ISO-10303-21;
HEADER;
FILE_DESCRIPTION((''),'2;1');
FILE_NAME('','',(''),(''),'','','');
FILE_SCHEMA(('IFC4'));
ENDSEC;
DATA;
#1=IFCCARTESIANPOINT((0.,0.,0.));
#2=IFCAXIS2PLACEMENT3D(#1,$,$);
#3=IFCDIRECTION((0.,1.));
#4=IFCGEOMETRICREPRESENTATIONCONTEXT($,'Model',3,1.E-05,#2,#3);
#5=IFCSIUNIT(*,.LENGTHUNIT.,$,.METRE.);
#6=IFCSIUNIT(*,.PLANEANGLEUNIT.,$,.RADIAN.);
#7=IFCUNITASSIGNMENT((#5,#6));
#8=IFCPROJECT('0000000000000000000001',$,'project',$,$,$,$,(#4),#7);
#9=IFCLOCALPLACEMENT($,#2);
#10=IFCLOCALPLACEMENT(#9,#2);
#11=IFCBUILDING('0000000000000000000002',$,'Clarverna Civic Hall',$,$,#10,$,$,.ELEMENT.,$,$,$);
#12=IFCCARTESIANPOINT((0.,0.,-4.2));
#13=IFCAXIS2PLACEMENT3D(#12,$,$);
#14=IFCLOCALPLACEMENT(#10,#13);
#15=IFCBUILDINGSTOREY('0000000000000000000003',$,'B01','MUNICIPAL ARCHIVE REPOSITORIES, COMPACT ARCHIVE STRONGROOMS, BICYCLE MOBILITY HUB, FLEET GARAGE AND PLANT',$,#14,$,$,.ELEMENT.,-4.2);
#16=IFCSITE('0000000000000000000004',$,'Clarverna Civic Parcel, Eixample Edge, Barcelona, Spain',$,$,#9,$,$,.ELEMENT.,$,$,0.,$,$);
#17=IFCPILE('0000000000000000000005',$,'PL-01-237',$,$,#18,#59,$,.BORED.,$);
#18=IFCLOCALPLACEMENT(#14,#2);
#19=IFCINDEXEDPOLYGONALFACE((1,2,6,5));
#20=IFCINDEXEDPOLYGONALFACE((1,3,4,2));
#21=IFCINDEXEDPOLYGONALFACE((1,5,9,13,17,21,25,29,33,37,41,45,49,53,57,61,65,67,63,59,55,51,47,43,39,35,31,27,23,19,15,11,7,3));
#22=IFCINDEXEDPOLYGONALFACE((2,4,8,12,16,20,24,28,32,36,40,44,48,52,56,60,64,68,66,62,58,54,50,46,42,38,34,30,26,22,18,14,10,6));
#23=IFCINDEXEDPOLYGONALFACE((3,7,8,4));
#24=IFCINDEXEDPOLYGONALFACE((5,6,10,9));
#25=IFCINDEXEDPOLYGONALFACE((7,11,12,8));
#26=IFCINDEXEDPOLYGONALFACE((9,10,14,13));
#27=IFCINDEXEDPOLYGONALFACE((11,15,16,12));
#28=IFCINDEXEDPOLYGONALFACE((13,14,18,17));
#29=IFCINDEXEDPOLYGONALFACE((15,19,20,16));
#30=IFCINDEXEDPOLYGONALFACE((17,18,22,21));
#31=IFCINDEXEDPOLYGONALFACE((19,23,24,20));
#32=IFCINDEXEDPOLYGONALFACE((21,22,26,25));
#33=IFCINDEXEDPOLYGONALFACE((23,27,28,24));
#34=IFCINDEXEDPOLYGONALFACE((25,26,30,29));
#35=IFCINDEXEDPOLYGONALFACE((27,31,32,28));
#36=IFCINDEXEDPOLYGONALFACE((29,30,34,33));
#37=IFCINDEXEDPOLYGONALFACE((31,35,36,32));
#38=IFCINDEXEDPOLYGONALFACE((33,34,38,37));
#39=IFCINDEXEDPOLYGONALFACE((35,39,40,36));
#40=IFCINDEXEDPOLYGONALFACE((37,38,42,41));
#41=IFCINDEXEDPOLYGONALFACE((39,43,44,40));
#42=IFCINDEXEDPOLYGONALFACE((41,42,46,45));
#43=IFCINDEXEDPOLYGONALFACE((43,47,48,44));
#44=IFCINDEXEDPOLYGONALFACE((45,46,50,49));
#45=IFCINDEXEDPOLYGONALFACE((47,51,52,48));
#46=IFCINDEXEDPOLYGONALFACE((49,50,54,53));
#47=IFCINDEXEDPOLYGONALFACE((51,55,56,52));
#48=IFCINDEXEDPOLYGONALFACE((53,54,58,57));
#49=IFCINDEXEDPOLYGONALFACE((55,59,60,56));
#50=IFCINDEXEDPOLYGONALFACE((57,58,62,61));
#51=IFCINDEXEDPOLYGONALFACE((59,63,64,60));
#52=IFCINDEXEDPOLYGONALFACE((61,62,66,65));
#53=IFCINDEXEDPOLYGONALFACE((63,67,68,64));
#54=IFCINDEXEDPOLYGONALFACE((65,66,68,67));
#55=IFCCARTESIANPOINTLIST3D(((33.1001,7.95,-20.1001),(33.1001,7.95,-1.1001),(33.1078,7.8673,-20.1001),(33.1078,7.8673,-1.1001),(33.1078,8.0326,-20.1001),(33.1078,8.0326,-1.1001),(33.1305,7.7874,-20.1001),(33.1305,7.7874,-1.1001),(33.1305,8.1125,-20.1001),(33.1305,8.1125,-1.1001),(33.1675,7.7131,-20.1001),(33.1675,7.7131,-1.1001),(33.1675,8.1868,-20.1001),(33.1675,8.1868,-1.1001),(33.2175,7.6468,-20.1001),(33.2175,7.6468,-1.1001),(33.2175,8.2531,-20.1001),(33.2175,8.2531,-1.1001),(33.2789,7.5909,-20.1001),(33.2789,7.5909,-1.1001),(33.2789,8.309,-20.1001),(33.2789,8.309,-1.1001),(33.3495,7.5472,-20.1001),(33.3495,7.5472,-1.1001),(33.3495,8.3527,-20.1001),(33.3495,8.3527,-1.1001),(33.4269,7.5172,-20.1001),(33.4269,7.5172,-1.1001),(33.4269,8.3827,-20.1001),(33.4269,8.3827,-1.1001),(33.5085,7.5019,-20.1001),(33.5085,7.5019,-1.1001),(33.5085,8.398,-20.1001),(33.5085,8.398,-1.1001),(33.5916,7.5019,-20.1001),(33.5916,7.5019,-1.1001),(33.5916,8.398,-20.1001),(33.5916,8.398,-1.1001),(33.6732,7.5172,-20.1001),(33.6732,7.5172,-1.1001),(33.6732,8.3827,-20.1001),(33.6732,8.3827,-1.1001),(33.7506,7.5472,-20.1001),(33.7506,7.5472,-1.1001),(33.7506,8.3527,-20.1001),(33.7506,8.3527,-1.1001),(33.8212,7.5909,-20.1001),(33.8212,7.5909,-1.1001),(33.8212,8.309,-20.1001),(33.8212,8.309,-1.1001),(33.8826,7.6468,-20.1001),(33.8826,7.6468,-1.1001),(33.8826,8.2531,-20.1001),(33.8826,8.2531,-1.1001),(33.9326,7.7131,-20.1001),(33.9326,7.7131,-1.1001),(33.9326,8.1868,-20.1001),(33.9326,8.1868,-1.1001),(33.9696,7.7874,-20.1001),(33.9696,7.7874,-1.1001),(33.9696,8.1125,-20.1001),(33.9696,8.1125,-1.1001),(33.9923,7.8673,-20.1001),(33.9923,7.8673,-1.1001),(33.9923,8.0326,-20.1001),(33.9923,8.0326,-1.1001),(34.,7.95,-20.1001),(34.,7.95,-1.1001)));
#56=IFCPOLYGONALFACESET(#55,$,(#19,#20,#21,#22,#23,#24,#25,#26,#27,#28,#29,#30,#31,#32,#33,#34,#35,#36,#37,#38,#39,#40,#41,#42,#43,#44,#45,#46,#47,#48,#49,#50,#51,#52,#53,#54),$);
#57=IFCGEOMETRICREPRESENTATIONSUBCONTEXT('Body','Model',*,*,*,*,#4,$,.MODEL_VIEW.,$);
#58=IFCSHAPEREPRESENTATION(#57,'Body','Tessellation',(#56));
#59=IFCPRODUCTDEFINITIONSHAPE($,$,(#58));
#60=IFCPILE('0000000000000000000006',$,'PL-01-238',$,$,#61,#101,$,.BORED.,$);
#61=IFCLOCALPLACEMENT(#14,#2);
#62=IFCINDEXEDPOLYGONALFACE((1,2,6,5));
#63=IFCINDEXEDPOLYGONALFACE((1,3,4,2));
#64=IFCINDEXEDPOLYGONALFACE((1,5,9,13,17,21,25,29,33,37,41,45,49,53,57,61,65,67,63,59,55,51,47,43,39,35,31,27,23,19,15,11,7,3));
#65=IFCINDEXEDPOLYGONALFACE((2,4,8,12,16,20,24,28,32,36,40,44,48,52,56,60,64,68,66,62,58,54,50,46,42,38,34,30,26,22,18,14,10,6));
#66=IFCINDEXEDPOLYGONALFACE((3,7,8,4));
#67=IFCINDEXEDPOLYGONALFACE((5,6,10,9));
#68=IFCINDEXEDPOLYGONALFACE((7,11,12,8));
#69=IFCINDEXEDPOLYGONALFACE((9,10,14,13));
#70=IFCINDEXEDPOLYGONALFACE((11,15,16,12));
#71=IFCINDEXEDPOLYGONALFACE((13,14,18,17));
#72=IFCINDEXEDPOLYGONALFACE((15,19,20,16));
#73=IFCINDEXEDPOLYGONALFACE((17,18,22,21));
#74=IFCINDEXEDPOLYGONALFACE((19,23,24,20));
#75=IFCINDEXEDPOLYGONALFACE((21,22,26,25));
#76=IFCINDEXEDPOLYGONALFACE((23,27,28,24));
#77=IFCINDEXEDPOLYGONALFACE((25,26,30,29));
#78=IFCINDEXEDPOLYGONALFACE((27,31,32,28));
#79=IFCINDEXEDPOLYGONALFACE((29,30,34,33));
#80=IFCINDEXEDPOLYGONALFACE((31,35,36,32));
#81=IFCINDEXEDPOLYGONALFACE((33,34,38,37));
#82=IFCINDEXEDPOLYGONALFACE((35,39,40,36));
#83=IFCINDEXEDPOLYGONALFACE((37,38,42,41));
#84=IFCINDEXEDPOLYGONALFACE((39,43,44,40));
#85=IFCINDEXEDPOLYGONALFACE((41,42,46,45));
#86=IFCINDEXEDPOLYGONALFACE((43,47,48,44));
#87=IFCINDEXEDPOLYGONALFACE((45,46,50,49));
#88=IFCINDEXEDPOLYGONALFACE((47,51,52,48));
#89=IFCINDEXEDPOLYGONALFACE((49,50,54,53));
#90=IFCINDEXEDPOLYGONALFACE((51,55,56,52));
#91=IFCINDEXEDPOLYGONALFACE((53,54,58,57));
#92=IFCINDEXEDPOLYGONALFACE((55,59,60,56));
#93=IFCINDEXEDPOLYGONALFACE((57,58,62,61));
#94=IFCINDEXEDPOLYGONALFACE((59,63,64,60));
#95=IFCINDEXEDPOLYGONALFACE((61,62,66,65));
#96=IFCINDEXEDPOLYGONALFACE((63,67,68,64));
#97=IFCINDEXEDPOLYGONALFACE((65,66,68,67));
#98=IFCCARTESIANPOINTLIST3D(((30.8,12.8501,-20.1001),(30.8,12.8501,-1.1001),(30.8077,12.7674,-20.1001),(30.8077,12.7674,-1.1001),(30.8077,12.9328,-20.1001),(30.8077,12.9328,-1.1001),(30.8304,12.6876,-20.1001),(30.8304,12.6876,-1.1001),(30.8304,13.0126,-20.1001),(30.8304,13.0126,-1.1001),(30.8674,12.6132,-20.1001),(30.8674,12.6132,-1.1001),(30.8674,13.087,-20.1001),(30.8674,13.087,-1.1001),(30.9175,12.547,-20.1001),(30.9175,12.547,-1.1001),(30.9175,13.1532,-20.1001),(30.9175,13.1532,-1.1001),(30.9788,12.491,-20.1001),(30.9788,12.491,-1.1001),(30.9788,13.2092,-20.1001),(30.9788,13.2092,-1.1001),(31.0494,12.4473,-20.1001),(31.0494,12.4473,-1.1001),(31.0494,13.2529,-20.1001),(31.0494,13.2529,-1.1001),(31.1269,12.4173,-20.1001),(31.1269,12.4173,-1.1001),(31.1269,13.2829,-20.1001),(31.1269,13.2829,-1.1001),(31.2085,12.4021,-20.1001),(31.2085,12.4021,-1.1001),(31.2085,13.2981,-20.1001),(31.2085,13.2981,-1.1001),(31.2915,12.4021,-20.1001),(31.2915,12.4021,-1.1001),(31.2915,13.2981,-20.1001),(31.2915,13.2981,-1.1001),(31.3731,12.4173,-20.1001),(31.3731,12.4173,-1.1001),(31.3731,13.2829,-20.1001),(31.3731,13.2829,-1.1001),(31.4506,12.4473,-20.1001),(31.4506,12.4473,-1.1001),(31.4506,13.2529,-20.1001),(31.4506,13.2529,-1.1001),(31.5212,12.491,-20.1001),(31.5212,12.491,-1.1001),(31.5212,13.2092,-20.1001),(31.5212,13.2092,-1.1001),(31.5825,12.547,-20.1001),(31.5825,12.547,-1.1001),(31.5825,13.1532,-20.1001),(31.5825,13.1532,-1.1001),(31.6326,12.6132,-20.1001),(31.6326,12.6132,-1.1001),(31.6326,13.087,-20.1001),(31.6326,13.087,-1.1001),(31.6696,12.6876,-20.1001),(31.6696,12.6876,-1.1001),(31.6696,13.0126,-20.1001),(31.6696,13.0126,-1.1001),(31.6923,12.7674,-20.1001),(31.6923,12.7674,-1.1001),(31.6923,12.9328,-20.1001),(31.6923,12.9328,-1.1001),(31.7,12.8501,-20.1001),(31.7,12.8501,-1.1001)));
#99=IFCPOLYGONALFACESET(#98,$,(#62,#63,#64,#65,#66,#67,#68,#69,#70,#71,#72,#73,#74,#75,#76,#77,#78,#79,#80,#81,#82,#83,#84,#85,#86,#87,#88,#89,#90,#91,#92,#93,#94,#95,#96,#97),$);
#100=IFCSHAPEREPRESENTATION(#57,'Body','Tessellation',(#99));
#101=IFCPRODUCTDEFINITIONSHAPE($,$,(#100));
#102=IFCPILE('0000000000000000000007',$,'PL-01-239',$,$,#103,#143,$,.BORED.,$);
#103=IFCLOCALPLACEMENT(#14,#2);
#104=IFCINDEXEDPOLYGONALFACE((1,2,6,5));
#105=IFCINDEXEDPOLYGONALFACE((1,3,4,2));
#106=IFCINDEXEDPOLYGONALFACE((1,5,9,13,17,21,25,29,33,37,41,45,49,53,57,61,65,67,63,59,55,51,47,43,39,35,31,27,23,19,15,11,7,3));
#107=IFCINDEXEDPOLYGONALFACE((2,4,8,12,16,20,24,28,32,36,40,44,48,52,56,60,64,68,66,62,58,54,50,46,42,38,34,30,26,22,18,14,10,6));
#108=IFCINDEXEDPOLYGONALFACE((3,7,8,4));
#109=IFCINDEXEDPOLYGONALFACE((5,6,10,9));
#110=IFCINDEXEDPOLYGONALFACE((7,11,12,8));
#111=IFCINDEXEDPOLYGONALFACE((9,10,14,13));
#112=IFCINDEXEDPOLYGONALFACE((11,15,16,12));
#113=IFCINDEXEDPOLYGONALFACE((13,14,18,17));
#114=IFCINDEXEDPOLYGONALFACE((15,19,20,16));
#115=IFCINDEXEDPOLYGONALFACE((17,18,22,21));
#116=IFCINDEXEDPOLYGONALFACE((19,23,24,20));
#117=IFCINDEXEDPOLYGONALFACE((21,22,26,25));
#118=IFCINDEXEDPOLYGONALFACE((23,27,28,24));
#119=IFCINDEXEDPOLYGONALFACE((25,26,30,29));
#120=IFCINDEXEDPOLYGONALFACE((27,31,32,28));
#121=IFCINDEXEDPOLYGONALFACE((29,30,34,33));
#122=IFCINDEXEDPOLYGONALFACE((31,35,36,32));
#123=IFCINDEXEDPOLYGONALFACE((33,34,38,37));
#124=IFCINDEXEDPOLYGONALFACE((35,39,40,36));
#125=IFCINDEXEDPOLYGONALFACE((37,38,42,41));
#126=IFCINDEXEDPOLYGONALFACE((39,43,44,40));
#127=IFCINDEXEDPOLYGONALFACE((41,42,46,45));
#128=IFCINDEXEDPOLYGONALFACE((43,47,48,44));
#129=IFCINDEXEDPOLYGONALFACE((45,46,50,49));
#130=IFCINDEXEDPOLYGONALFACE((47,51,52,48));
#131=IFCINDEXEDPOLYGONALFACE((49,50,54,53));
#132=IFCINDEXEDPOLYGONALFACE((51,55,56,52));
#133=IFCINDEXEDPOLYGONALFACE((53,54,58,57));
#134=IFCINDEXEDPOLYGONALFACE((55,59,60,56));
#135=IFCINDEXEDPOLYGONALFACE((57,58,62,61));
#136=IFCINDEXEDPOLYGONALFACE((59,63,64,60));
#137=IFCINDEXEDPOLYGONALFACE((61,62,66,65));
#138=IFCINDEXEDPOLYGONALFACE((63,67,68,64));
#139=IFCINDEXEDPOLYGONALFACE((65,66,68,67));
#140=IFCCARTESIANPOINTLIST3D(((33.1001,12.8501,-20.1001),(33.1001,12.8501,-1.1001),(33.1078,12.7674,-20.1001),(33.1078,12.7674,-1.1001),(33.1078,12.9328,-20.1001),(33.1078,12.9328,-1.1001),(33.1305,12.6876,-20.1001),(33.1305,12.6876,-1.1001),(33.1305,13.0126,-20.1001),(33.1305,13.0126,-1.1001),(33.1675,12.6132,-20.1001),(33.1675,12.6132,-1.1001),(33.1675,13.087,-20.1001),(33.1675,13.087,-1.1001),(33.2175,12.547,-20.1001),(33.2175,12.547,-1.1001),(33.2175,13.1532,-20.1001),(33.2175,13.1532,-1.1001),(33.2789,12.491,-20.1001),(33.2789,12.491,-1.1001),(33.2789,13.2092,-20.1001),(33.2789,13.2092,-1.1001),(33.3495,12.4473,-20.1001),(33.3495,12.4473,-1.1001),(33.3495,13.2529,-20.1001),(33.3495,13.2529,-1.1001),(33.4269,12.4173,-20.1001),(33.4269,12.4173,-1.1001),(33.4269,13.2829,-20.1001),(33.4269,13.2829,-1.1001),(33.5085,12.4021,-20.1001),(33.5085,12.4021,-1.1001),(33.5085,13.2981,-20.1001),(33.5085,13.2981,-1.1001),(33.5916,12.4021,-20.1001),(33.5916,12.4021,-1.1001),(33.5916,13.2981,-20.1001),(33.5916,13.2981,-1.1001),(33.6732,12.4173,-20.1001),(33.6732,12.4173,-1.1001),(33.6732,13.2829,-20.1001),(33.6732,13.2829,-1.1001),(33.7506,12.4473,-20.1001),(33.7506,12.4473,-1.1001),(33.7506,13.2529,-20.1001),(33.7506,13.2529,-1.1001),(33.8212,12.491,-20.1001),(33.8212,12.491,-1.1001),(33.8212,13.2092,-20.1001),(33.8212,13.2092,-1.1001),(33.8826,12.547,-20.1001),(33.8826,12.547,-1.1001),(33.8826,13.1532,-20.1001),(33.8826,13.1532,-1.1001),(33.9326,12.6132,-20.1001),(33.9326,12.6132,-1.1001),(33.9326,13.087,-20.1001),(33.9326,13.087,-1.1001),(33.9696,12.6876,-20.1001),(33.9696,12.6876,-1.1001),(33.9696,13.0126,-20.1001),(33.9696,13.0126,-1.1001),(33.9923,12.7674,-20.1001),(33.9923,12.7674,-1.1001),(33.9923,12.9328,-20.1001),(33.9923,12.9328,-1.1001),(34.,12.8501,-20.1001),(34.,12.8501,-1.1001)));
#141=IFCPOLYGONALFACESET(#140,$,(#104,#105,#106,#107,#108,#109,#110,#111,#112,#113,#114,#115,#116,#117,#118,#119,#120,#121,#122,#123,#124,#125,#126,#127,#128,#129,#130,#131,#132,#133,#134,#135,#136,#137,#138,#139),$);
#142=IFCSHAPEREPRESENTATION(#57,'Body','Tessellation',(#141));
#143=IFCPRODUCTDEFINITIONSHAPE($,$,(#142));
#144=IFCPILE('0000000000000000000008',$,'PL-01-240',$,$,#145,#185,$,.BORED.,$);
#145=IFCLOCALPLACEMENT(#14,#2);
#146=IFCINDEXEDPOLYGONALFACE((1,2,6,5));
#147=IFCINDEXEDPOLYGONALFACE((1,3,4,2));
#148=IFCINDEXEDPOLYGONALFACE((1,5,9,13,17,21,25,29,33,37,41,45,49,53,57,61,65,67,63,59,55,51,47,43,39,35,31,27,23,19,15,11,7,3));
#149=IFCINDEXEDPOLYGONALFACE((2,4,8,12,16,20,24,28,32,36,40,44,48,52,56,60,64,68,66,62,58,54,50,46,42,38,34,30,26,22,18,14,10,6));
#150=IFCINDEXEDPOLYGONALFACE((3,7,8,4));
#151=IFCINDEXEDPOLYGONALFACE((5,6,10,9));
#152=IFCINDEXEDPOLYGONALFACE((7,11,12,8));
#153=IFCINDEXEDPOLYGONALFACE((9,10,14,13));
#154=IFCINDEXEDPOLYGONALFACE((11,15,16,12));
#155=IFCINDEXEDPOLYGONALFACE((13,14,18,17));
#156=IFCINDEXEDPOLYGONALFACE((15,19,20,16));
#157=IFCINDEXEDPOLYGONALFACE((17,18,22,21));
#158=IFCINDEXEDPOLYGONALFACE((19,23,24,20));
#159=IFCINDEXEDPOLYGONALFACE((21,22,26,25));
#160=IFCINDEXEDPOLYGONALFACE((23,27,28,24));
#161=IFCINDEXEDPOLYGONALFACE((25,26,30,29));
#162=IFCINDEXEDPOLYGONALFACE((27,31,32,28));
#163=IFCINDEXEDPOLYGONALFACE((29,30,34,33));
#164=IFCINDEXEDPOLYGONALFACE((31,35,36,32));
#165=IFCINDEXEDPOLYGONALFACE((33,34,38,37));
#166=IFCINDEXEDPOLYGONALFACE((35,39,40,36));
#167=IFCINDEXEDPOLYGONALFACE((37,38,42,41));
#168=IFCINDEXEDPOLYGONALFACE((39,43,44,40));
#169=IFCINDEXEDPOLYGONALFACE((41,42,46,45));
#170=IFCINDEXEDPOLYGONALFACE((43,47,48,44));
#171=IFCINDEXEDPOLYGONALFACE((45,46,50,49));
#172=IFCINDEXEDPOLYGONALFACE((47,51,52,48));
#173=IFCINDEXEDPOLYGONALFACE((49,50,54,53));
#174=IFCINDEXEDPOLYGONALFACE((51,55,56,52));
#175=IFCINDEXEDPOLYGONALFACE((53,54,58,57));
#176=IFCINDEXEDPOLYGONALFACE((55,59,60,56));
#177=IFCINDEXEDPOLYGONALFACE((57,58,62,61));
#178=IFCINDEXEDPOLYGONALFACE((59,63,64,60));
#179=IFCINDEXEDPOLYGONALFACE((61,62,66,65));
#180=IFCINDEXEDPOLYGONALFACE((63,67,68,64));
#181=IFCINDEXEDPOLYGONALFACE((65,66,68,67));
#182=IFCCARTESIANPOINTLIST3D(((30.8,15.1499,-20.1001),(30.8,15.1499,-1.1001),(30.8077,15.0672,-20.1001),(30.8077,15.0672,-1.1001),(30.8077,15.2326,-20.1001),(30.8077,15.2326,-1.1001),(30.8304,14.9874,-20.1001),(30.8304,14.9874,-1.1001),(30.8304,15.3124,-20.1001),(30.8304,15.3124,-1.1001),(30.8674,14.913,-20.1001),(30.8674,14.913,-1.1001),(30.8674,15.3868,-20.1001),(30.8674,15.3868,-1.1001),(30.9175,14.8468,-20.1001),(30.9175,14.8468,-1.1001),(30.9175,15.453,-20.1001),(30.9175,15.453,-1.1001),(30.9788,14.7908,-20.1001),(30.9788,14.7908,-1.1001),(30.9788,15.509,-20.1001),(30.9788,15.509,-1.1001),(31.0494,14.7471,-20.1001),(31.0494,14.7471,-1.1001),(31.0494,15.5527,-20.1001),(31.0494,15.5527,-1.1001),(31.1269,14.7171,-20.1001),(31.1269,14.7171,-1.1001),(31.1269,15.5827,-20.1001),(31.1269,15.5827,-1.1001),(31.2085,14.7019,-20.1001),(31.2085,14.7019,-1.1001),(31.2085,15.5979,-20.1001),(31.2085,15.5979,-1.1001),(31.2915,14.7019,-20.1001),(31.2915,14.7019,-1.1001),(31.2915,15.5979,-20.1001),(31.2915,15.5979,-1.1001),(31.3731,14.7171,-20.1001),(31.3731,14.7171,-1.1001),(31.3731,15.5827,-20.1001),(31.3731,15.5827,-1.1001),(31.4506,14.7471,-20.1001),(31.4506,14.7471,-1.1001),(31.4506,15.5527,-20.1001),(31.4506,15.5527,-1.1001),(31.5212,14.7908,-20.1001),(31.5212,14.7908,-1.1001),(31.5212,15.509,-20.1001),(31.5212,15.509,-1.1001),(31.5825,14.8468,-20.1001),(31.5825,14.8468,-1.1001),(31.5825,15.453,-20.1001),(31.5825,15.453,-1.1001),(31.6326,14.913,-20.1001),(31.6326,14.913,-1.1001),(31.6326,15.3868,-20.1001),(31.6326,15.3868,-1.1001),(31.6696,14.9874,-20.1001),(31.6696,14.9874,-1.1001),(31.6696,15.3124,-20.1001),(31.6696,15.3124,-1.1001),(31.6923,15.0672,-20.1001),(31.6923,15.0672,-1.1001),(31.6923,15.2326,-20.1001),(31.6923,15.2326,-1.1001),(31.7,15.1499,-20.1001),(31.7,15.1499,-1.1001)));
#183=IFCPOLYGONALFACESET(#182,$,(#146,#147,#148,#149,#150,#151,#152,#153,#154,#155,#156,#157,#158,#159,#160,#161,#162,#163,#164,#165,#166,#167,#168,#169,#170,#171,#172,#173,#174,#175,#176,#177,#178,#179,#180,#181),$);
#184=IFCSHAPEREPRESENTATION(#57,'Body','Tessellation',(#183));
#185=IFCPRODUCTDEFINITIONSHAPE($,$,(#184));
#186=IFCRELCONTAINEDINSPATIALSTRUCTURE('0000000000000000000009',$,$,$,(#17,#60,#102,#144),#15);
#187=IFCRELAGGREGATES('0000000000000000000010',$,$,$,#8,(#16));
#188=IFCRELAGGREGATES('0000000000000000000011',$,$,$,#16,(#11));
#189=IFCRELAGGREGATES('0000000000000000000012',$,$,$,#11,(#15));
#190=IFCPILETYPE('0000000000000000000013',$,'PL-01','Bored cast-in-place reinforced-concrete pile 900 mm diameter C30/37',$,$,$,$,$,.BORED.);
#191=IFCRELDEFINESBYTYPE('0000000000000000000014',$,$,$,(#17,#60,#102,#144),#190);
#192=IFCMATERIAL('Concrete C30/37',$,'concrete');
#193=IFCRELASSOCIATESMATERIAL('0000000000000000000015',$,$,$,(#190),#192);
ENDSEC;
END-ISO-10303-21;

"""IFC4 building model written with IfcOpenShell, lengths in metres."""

from ifc_helpers import new_model, si_unit, direction, frame, origin, origin_2d, place, context, subcontext, project, spatial, circle, extrude, material, material_profile, profile_set, type_object, element, save


model = new_model("IFC4")

# Units and contexts
model_context = context("Model", 3, precision=1e-05, world=origin(), true_north=direction((0.0, 1.0)))
body_context = subcontext(model_context, "Body", "Model", "MODEL_VIEW")
ifc_project = project(units=[si_unit("LENGTHUNIT", "METRE"), si_unit("PLANEANGLEUNIT", "RADIAN")], contexts=[model_context])

# Site, building, storey
site_placement = place(None, origin())
site = spatial("IfcSite", under=ifc_project, at=site_placement, Name="Clarverna Civic Parcel, Eixample Edge, Barcelona, Spain", CompositionType="ELEMENT", RefElevation=0.0)
building_placement = place(site_placement, origin())
building = spatial("IfcBuilding", under=site, at=building_placement, Name="Clarverna Civic Hall", CompositionType="ELEMENT")
storey_placement = place(building_placement, frame((0.0, 0.0, -4.2)))
storey = spatial("IfcBuildingStorey", under=building, at=storey_placement, Name="B01", Description="MUNICIPAL ARCHIVE REPOSITORIES, COMPACT ARCHIVE STRONGROOMS, BICYCLE MOBILITY HUB, FLEET GARAGE AND PLANT", CompositionType="ELEMENT", Elevation=-4.2)

# Shared definitions
ifc_material_1 = material(Name="Concrete C30/37", Category="concrete")

# Piles
ifc_material_profile_1 = material_profile(ifc_material_1, circle(Radius=0.45, at=origin_2d()), Name="BORED PILE D900")
ifc_profile_set_1 = profile_set([ifc_material_profile_1], Name="Concrete C30/37")
pile_type_1 = type_object("IfcPileType", Name="PL-01", Description="Bored cast-in-place reinforced-concrete pile 900 mm diameter C30/37", PredefinedType="BORED", material=ifc_profile_set_1)
for number, where, z_axis, x_axis, name in (
    (1, (33.55, 7.95, -1.1001), (0.0, 0.0, -1.0), (1.0, 0.0, 0.0), "PL-01-237"),
    (2, (31.25, 12.8501, -1.1001), (0.0, 0.0, -1.0), (1.0, 0.0, 0.0), "PL-01-238"),
    (3, (33.55, 12.8501, -1.1001), (0.0, 0.0, -1.0), (1.0, 0.0, 0.0), "PL-01-239"),
    (4, (31.25, 15.1499, -1.1001), (0.0, 0.0, -1.0), (1.0, 0.0, 0.0), "PL-01-240"),
):
    element("IfcPile", number, at=place(storey_placement, frame(where, z_axis=z_axis, x_axis=x_axis)), inside=storey, type_object=pile_type_1, Name=name, PredefinedType="BORED", context=body_context, shape_type="SweptSolid", body=[
        extrude(circle(Radius=0.45, at=origin_2d()), origin(), (0.0, 0.0, 1.0), 19.0),
    ])

save(model, "model.ifc")
